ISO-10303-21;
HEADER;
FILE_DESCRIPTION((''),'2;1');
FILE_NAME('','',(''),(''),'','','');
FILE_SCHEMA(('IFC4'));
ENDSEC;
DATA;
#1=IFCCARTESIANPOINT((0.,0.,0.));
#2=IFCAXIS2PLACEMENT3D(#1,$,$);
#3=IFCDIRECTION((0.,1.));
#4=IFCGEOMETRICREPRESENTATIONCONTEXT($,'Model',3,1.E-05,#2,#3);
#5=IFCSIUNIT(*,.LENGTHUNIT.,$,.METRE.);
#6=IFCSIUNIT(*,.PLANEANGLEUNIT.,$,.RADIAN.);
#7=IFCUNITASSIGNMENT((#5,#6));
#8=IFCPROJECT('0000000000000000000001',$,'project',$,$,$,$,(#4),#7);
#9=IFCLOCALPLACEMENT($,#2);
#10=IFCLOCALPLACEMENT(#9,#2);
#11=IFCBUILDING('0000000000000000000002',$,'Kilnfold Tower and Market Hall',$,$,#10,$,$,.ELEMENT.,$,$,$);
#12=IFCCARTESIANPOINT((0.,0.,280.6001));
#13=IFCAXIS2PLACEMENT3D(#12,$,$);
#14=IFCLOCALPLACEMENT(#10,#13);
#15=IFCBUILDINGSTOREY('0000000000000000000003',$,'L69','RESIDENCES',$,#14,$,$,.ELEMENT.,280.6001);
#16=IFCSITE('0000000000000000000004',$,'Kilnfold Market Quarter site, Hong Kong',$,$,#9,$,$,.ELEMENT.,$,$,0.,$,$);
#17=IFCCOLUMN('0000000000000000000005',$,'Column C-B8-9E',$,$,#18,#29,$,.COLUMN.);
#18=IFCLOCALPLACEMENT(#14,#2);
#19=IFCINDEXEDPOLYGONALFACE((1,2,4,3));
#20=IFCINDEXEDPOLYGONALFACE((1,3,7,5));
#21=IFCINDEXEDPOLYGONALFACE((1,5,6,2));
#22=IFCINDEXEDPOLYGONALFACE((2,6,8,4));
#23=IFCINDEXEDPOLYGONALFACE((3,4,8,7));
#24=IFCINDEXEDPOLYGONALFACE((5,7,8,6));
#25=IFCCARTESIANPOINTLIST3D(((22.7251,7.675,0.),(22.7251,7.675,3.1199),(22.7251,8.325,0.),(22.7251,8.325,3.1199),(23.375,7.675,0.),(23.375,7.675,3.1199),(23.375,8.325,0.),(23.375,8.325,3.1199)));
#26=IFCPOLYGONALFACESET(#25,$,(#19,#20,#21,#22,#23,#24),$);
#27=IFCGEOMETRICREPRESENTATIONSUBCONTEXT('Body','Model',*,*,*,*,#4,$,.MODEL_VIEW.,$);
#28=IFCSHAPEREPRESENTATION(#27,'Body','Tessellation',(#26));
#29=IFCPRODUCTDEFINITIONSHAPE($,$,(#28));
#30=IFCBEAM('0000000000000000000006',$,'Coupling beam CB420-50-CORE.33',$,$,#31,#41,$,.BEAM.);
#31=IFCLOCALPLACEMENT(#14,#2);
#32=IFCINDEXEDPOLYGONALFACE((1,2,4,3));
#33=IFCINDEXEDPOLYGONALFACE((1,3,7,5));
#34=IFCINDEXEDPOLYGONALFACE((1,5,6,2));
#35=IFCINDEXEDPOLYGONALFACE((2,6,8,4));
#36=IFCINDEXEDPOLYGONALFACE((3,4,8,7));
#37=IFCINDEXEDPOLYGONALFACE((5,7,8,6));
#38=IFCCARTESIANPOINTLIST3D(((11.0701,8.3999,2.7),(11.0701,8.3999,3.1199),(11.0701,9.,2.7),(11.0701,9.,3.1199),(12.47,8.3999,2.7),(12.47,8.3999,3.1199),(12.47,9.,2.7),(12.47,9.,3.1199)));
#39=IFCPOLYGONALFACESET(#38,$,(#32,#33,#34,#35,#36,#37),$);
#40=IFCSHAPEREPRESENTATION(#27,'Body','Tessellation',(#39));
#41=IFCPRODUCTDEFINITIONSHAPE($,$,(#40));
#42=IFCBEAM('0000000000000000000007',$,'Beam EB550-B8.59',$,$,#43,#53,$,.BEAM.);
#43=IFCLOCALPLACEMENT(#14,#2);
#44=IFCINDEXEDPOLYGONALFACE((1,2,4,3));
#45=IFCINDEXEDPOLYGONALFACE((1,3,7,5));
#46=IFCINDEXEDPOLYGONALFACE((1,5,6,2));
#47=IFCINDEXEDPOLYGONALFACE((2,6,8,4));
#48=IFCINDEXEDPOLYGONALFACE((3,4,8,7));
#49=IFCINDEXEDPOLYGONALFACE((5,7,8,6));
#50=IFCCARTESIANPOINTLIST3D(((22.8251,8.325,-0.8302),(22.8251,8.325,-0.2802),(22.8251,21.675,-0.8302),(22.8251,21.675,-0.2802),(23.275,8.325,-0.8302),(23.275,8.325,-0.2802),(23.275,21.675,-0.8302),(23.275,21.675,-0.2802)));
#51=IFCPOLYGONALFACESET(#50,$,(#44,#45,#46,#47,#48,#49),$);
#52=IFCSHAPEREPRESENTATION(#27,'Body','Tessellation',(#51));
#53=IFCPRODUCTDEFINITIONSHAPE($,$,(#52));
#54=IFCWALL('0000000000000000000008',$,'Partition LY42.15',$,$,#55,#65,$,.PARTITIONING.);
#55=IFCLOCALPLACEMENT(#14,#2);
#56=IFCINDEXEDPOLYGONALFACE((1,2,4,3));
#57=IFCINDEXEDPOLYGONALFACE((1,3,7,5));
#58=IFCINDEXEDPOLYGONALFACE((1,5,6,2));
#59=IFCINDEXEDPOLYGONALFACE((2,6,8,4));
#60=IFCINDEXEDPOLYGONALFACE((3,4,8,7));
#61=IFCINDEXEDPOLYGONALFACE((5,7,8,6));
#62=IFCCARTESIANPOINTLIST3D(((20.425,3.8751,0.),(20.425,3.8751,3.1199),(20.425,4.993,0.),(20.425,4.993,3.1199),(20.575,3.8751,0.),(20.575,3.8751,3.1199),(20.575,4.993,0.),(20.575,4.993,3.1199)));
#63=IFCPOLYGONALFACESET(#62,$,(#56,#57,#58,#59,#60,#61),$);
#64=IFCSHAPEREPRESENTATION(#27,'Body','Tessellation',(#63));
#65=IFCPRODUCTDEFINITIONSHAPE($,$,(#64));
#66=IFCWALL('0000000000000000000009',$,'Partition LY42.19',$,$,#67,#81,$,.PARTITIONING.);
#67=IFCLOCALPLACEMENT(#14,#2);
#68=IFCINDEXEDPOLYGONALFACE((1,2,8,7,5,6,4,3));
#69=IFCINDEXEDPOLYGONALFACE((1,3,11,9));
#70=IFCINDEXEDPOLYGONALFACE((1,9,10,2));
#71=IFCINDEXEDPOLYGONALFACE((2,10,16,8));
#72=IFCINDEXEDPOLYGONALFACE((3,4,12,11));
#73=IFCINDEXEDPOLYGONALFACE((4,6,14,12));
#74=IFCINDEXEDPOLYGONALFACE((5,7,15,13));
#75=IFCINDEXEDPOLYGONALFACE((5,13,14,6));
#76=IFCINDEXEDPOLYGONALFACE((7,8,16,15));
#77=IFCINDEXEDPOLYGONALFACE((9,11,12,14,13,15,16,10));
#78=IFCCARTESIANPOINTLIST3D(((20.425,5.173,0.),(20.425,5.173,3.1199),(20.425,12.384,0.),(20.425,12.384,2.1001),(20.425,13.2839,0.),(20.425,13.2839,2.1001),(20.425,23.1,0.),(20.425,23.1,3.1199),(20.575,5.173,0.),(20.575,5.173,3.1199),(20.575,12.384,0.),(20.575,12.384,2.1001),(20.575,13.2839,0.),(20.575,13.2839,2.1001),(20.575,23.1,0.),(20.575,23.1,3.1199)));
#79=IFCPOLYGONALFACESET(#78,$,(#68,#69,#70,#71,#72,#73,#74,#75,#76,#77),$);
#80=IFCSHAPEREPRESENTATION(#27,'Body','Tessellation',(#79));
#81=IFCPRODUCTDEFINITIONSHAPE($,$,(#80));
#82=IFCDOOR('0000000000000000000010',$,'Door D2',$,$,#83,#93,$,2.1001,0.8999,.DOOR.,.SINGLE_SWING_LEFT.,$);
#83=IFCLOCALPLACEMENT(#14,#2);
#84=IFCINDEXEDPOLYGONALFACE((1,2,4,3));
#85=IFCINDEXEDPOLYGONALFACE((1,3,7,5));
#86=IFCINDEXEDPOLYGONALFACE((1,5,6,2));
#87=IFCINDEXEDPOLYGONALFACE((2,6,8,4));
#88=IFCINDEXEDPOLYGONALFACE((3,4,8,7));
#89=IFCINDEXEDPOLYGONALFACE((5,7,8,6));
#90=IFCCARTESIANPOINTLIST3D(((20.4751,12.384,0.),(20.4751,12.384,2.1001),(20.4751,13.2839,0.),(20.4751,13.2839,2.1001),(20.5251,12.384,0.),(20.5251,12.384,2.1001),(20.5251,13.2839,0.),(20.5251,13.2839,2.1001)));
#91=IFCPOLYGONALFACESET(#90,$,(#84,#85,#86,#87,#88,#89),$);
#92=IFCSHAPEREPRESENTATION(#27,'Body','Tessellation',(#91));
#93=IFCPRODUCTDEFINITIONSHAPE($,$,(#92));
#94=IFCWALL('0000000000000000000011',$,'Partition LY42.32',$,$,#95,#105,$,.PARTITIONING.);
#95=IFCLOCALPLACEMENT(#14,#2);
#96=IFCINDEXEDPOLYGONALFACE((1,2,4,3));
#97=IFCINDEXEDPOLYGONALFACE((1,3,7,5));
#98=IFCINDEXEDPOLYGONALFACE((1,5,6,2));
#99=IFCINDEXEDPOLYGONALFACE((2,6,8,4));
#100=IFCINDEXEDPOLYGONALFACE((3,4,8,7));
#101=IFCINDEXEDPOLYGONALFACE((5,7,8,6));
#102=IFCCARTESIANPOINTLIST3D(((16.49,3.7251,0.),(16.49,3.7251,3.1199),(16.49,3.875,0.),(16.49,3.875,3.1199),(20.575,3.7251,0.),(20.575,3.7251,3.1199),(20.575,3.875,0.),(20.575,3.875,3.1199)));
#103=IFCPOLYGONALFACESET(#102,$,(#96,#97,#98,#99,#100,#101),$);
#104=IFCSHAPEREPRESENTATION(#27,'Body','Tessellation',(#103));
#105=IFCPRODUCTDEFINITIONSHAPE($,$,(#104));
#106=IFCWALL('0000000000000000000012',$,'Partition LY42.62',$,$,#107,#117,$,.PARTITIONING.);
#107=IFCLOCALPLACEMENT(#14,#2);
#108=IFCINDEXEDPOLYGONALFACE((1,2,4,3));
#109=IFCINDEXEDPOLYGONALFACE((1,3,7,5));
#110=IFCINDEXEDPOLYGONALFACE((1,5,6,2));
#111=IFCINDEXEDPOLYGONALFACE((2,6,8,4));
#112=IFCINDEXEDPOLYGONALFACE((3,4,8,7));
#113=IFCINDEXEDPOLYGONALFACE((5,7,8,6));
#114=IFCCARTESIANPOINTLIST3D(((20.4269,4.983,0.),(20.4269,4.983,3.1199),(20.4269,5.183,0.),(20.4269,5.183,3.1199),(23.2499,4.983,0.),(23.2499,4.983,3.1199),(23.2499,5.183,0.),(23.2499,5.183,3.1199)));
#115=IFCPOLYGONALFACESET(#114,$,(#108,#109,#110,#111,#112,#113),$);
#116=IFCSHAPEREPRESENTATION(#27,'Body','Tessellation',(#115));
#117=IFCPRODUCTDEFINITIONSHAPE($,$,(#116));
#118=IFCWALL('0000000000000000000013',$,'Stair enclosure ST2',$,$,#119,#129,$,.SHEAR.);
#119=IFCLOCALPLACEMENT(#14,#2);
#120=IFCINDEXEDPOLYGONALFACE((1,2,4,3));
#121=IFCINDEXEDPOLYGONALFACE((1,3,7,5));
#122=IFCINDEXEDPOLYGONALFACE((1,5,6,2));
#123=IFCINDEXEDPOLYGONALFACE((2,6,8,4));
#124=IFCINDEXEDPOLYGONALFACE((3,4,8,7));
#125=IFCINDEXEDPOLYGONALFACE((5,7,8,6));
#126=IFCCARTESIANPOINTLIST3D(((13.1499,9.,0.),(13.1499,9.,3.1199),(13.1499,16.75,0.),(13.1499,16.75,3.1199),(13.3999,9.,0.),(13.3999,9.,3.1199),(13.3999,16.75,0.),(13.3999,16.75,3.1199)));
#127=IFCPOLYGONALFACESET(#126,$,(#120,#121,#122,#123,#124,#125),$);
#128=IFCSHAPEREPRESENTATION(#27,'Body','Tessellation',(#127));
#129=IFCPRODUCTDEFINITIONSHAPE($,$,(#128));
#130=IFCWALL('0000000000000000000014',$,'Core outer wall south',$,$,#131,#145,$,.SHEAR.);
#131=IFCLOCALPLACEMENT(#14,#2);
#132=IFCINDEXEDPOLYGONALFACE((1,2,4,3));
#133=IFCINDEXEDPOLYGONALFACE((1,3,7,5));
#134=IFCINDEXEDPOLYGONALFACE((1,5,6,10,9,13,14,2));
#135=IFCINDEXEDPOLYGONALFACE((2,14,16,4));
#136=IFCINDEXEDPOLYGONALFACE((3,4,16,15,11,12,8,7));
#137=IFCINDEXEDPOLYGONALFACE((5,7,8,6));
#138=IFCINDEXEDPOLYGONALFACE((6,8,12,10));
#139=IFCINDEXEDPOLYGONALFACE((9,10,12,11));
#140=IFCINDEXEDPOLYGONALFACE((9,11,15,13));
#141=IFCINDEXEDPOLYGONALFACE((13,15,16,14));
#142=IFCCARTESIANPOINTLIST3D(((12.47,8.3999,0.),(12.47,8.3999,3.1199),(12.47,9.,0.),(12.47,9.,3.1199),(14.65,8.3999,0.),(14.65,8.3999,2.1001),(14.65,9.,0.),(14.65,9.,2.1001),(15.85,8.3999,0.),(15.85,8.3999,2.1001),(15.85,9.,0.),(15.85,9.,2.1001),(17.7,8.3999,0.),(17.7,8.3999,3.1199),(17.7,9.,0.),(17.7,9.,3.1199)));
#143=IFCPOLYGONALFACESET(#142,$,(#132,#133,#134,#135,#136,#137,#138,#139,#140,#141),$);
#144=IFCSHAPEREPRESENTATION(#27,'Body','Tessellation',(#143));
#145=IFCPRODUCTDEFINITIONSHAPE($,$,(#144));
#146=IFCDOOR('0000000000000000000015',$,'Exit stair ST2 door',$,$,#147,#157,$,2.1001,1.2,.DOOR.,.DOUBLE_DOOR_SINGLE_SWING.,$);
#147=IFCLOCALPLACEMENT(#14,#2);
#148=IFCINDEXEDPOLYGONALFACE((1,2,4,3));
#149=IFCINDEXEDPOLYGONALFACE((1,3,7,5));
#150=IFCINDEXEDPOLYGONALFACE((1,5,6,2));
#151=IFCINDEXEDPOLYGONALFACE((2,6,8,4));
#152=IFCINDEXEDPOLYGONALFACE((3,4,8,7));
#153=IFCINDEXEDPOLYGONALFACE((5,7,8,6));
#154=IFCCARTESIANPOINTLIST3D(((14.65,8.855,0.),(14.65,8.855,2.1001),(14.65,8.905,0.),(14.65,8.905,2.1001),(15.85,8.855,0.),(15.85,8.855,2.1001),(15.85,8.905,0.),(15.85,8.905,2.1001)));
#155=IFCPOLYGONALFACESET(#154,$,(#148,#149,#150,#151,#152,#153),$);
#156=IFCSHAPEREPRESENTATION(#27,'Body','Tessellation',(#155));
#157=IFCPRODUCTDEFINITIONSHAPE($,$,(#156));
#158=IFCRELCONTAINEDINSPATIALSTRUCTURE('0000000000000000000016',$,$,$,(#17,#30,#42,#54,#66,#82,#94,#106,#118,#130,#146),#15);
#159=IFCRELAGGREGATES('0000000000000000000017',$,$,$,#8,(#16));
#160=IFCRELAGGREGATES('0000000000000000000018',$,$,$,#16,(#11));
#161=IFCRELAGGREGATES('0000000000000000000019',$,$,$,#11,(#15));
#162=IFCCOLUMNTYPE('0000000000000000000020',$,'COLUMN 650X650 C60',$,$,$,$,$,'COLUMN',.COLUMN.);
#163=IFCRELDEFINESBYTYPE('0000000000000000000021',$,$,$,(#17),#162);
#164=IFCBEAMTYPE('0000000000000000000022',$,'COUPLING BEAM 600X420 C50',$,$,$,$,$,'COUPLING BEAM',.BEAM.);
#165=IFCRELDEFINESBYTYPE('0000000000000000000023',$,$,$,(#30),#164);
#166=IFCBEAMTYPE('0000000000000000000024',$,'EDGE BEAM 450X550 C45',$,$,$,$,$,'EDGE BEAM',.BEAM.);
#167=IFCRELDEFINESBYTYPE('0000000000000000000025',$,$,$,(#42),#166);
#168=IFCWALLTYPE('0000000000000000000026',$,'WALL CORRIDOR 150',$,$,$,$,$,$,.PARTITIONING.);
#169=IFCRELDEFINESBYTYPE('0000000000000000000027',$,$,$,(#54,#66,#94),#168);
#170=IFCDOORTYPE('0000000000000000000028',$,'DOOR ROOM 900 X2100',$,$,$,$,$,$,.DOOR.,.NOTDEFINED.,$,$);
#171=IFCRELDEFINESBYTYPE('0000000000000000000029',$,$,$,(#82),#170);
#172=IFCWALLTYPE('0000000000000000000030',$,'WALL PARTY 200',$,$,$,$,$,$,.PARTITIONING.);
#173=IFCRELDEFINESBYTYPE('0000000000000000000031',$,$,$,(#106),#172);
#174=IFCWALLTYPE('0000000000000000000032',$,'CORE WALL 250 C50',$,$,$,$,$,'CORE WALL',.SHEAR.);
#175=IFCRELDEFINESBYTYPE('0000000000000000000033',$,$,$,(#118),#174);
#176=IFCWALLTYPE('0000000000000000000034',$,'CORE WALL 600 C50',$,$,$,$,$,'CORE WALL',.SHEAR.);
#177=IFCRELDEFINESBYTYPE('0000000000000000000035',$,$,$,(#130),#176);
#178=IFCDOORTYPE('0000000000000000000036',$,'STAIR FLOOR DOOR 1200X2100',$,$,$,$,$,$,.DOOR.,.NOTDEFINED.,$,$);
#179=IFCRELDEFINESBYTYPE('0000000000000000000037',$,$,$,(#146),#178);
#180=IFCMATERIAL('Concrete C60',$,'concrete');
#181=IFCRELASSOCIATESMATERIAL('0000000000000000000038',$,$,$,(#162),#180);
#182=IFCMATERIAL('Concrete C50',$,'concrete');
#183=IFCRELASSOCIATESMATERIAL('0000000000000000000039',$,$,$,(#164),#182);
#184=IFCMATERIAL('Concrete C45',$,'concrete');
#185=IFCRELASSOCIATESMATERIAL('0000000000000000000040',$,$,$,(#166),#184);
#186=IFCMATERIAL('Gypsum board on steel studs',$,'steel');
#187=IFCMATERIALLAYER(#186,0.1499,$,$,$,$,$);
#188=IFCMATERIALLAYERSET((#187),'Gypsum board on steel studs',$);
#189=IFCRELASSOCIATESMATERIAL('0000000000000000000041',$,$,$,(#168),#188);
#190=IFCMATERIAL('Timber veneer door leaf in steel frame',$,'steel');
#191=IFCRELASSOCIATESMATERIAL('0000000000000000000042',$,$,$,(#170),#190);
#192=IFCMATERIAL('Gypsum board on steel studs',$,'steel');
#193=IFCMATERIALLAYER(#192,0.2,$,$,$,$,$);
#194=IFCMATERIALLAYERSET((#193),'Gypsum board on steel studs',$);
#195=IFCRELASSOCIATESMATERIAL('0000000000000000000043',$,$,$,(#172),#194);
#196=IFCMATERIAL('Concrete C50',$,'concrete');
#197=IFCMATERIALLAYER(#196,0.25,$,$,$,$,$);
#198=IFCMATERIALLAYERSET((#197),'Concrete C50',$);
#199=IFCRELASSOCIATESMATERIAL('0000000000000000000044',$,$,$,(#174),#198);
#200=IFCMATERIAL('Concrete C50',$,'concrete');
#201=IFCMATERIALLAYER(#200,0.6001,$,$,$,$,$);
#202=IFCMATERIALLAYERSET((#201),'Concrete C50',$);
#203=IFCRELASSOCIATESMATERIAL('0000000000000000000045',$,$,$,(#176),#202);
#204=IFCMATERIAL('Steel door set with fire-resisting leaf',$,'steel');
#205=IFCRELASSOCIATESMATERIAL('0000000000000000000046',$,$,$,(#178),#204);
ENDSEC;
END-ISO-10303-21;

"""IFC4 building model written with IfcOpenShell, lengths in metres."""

from ifc_helpers import new_model, si_unit, direction, frame, frame_2d, origin, origin_2d, place, context, subcontext, project, spatial, rectangle, extrude, source, transform, mapped, material, layer, layer_set, material_profile, profile_set, type_object, element, fill, save


model = new_model("IFC4")

# Units and contexts
model_context = context("Model", 3, precision=1e-05, world=origin(), true_north=direction((0.0, 1.0)))
body_context = subcontext(model_context, "Body", "Model", "MODEL_VIEW")
ifc_project = project(units=[si_unit("LENGTHUNIT", "METRE"), si_unit("PLANEANGLEUNIT", "RADIAN")], contexts=[model_context])

# Site, building, storey
site_placement = place(None, origin())
site = spatial("IfcSite", under=ifc_project, at=site_placement, Name="Kilnfold Market Quarter site, Hong Kong", CompositionType="ELEMENT", RefElevation=0.0)
building_placement = place(site_placement, origin())
building = spatial("IfcBuilding", under=site, at=building_placement, Name="Kilnfold Tower and Market Hall", CompositionType="ELEMENT")
storey_placement = place(building_placement, frame((0.0, 0.0, 280.6001)))
storey = spatial("IfcBuildingStorey", under=building, at=storey_placement, Name="L69", Description="RESIDENCES", CompositionType="ELEMENT", Elevation=280.6001)

# Column
ifc_material_1 = material(Name="Concrete C60", Category="concrete")
ifc_material_profile_1 = material_profile(ifc_material_1, rectangle(XDim=0.6499, YDim=0.6499, at=origin_2d()), Name="RC 650x650")
ifc_profile_set_1 = profile_set([ifc_material_profile_1], Name="Concrete C60")
column_type = type_object("IfcColumnType", Name="COLUMN 650X650 C60", ElementType="COLUMN", PredefinedType="COLUMN", material=ifc_profile_set_1)
shared_shape_1 = source(origin(), body_context, "Body", "SweptSolid", [
    extrude(rectangle(XDim=0.6499, YDim=0.6499, at=origin_2d()), origin(), (0.0, 0.0, 1.0), 3.1199),
])
column_placement = place(storey_placement, frame((23.05, 8.0, 0.0), z_axis=(0.0, 0.0, 1.0), x_axis=(1.0, 0.0, 0.0)))
element("IfcColumn", 1, at=column_placement, inside=storey, type_object=column_type, Name="Column C-B8-9E", PredefinedType="COLUMN", context=body_context, shape_type="MappedRepresentation", body=[
    mapped(shared_shape_1, transform((0.0, 0.0, 0.0))),
])

# Beams
ifc_material_2 = material(Name="Concrete C50", Category="concrete")
ifc_material_profile_2 = material_profile(ifc_material_2, rectangle(XDim=0.6001, YDim=0.4199, at=origin_2d()), Name="RC 600x420")
ifc_profile_set_2 = profile_set([ifc_material_profile_2], Name="Concrete C50")
beam_type_1 = type_object("IfcBeamType", Name="COUPLING BEAM 600X420 C50", ElementType="COUPLING BEAM", PredefinedType="BEAM", material=ifc_profile_set_2)
shared_shape_2 = source(origin(), body_context, "Body", "SweptSolid", [
    extrude(rectangle(XDim=0.6001, YDim=0.4199, at=origin_2d()), origin(), (0.0, 0.0, 1.0), 1.3999),
])
beam_1_placement = place(storey_placement, frame((11.0701, 8.7, 2.9099), z_axis=(1.0, 0.0, 0.0), x_axis=(0.0, 1.0, 0.0)))
element("IfcBeam", 2, at=beam_1_placement, inside=storey, type_object=beam_type_1, Name="Coupling beam CB420-50-CORE.33", PredefinedType="BEAM", context=body_context, shape_type="MappedRepresentation", body=[
    mapped(shared_shape_2, transform((0.0, 0.0, 0.0))),
])
ifc_material_3 = material(Name="Concrete C45", Category="concrete")
ifc_material_profile_3 = material_profile(ifc_material_3, rectangle(XDim=0.45, YDim=0.55, at=origin_2d()), Name="RC 450x550")
ifc_profile_set_3 = profile_set([ifc_material_profile_3], Name="Concrete C45")
beam_type_2 = type_object("IfcBeamType", Name="EDGE BEAM 450X550 C45", ElementType="EDGE BEAM", PredefinedType="BEAM", material=ifc_profile_set_3)
shared_shape_3 = source(origin(), body_context, "Body", "SweptSolid", [
    extrude(rectangle(XDim=0.45, YDim=0.55, at=origin_2d()), origin(), (0.0, 0.0, 1.0), 13.3501),
])
beam_2_placement = place(storey_placement, frame((23.05, 8.325, -0.5552), z_axis=(0.0, 1.0, 0.0), x_axis=(-1.0, 0.0, 0.0)))
element("IfcBeam", 3, at=beam_2_placement, inside=storey, type_object=beam_type_2, Name="Beam EB550-B8.59", PredefinedType="BEAM", context=body_context, shape_type="MappedRepresentation", body=[
    mapped(shared_shape_3, transform((0.0, 0.0, 0.0))),
])

# Wall
ifc_material_4 = material(Name="Gypsum board on steel studs", Category="steel")
ifc_layer_1 = layer(ifc_material_4, 0.1499)
ifc_layer_set_1 = layer_set([ifc_layer_1], Name="Gypsum board on steel studs")
wall_type_1 = type_object("IfcWallType", Name="WALL CORRIDOR 150", PredefinedType="PARTITIONING", material=ifc_layer_set_1)
wall_1_placement = place(storey_placement, frame((20.5, 3.875, 0.0), z_axis=(0.0, 0.0, 1.0), x_axis=(0.0, 1.0, 0.0)))
element("IfcWall", 4, at=wall_1_placement, inside=storey, type_object=wall_type_1, Name="Partition LY42.15", PredefinedType="PARTITIONING", context=body_context, shape_type="SweptSolid", body=[
    extrude(rectangle(XDim=1.1179, YDim=0.1499, at=frame_2d((0.5591, 0.0))), origin(), (0.0, 0.0, 1.0), 3.1199),
])

# Wall, opening, door
wall_2_placement = place(storey_placement, frame((20.5, 5.1731, 0.0), z_axis=(0.0, 0.0, 1.0), x_axis=(0.0, 1.0, 0.0)))
wall_2 = element("IfcWall", 5, at=wall_2_placement, inside=storey, type_object=wall_type_1, Name="Partition LY42.19", PredefinedType="PARTITIONING", context=body_context, shape_type="SweptSolid", body=[
    extrude(rectangle(XDim=17.927, YDim=0.1499, at=frame_2d((8.9634, 0.0))), origin(), (0.0, 0.0, 1.0), 3.1199),
])
opening_1_placement = place(wall_2_placement, frame((7.2109, 0.0, 0.0)))
opening_1 = element("IfcOpeningElement", 6, at=opening_1_placement, cuts=wall_2, PredefinedType="OPENING", context=body_context, shape_type="SweptSolid", body=[
    extrude(rectangle(XDim=0.8999, YDim=2.1001, at=frame_2d((0.45, 1.05))), frame((0.0, 0.085, 0.0), z_axis=(0.0, -1.0, 0.0), x_axis=(1.0, 0.0, 0.0)), (0.0, 0.0, 1.0), 0.1699),
])
ifc_material_5 = material(Name="Timber veneer door leaf in steel frame", Category="steel")
door_type_1 = type_object("IfcDoorType", Name="DOOR ROOM 900 X2100", OperationType="NOTDEFINED", PredefinedType="DOOR", material=ifc_material_5)
door_1_placement = place(opening_1_placement, origin())
door_1 = element("IfcDoor", 7, at=door_1_placement, inside=storey, type_object=door_type_1, Name="Door D2", OperationType="SINGLE_SWING_LEFT", OverallHeight=2.1001, OverallWidth=0.8999, PredefinedType="DOOR", context=body_context, shape_type="SweptSolid", body=[
    extrude(rectangle(XDim=0.8999, YDim=2.1001, at=frame_2d((0.45, 1.05))), frame((0.0, 0.0249, 0.0), z_axis=(0.0, -1.0, 0.0), x_axis=(1.0, 0.0, 0.0)), (0.0, 0.0, 1.0), 0.05),
])
fill(opening_1, door_1)

# Walls
wall_3_placement = place(storey_placement, frame((16.49, 3.8, 0.0), z_axis=(0.0, 0.0, 1.0), x_axis=(1.0, 0.0, 0.0)))
element("IfcWall", 8, at=wall_3_placement, inside=storey, type_object=wall_type_1, Name="Partition LY42.32", PredefinedType="PARTITIONING", context=body_context, shape_type="SweptSolid", body=[
    extrude(rectangle(XDim=4.085, YDim=0.1499, at=frame_2d((2.0425, 0.0))), origin(), (0.0, 0.0, 1.0), 3.1199),
])
ifc_material_6 = material(Name="Gypsum board on steel studs", Category="steel")
ifc_layer_2 = layer(ifc_material_6, 0.2)
ifc_layer_set_2 = layer_set([ifc_layer_2], Name="Gypsum board on steel studs")
wall_type_2 = type_object("IfcWallType", Name="WALL PARTY 200", PredefinedType="PARTITIONING", material=ifc_layer_set_2)
wall_4_placement = place(storey_placement, frame((23.25, 5.083, 0.0), z_axis=(0.0, 0.0, 1.0), x_axis=(-1.0, 0.0, 0.0)))
element("IfcWall", 9, at=wall_4_placement, inside=storey, type_object=wall_type_2, Name="Partition LY42.62", PredefinedType="PARTITIONING", context=body_context, shape_type="SweptSolid", body=[
    extrude(rectangle(XDim=2.823, YDim=0.2, at=frame_2d((1.4116, 0.0))), origin(), (0.0, 0.0, 1.0), 3.1199),
])
ifc_material_7 = material(Name="Concrete C50", Category="concrete")
ifc_layer_3 = layer(ifc_material_7, 0.25)
ifc_layer_set_3 = layer_set([ifc_layer_3], Name="Concrete C50")
wall_type_3 = type_object("IfcWallType", Name="CORE WALL 250 C50", ElementType="CORE WALL", PredefinedType="SHEAR", material=ifc_layer_set_3)
shared_shape_4 = source(origin(), body_context, "Body", "SweptSolid", [
    extrude(rectangle(XDim=7.75, YDim=0.25, at=frame_2d((3.875, 0.0))), origin(), (0.0, 0.0, 1.0), 3.1199),
])
wall_5_placement = place(storey_placement, frame((13.2749, 9.0, 0.0), z_axis=(0.0, 0.0, 1.0), x_axis=(0.0, 1.0, 0.0)))
element("IfcWall", 10, at=wall_5_placement, inside=storey, type_object=wall_type_3, Name="Stair enclosure ST2", PredefinedType="SHEAR", context=body_context, shape_type="MappedRepresentation", body=[
    mapped(shared_shape_4, transform((0.0, 0.0, 0.0))),
])

# Wall, opening, door
ifc_material_8 = material(Name="Concrete C50", Category="concrete")
ifc_layer_4 = layer(ifc_material_8, 0.6001)
ifc_layer_set_4 = layer_set([ifc_layer_4], Name="Concrete C50")
wall_type_4 = type_object("IfcWallType", Name="CORE WALL 600 C50", ElementType="CORE WALL", PredefinedType="SHEAR", material=ifc_layer_set_4)
shared_shape_5 = source(origin(), body_context, "Body", "SweptSolid", [
    extrude(rectangle(XDim=5.23, YDim=0.6001, at=frame_2d((2.615, 0.0))), origin(), (0.0, 0.0, 1.0), 3.1199),
])
wall_6_placement = place(storey_placement, frame((12.47, 8.7, 0.0), z_axis=(0.0, 0.0, 1.0), x_axis=(1.0, 0.0, 0.0)))
wall_6 = element("IfcWall", 11, at=wall_6_placement, inside=storey, type_object=wall_type_4, Name="Core outer wall south", PredefinedType="SHEAR", context=body_context, shape_type="MappedRepresentation", body=[
    mapped(shared_shape_5, transform((0.0, 0.0, 0.0))),
])
opening_2_placement = place(wall_6_placement, frame((2.1799, 0.0, 0.0)))
opening_2 = element("IfcOpeningElement", 12, at=opening_2_placement, cuts=wall_6, PredefinedType="OPENING", context=body_context, shape_type="SweptSolid", body=[
    extrude(rectangle(XDim=1.2, YDim=2.1001, at=frame_2d((0.6001, 1.05))), frame((0.0, 0.3101, 0.0), z_axis=(0.0, -1.0, 0.0), x_axis=(1.0, 0.0, 0.0)), (0.0, 0.0, 1.0), 0.6201),
])
ifc_material_9 = material(Name="Steel door set with fire-resisting leaf", Category="steel")
door_type_2 = type_object("IfcDoorType", Name="STAIR FLOOR DOOR 1200X2100", OperationType="NOTDEFINED", PredefinedType="DOOR", material=ifc_material_9)
door_2_placement = place(opening_2_placement, origin())
door_2 = element("IfcDoor", 13, at=door_2_placement, inside=storey, type_object=door_type_2, Name="Exit stair ST2 door", OperationType="DOUBLE_DOOR_SINGLE_SWING", OverallHeight=2.1001, OverallWidth=1.2, PredefinedType="DOOR", context=body_context, shape_type="SweptSolid", body=[
    extrude(rectangle(XDim=1.2, YDim=2.1001, at=frame_2d((0.6001, 1.05))), frame((0.0, 0.2051, 0.0), z_axis=(0.0, -1.0, 0.0), x_axis=(1.0, 0.0, 0.0)), (0.0, 0.0, 1.0), 0.05),
])
fill(opening_2, door_2)

save(model, "model.ifc")
